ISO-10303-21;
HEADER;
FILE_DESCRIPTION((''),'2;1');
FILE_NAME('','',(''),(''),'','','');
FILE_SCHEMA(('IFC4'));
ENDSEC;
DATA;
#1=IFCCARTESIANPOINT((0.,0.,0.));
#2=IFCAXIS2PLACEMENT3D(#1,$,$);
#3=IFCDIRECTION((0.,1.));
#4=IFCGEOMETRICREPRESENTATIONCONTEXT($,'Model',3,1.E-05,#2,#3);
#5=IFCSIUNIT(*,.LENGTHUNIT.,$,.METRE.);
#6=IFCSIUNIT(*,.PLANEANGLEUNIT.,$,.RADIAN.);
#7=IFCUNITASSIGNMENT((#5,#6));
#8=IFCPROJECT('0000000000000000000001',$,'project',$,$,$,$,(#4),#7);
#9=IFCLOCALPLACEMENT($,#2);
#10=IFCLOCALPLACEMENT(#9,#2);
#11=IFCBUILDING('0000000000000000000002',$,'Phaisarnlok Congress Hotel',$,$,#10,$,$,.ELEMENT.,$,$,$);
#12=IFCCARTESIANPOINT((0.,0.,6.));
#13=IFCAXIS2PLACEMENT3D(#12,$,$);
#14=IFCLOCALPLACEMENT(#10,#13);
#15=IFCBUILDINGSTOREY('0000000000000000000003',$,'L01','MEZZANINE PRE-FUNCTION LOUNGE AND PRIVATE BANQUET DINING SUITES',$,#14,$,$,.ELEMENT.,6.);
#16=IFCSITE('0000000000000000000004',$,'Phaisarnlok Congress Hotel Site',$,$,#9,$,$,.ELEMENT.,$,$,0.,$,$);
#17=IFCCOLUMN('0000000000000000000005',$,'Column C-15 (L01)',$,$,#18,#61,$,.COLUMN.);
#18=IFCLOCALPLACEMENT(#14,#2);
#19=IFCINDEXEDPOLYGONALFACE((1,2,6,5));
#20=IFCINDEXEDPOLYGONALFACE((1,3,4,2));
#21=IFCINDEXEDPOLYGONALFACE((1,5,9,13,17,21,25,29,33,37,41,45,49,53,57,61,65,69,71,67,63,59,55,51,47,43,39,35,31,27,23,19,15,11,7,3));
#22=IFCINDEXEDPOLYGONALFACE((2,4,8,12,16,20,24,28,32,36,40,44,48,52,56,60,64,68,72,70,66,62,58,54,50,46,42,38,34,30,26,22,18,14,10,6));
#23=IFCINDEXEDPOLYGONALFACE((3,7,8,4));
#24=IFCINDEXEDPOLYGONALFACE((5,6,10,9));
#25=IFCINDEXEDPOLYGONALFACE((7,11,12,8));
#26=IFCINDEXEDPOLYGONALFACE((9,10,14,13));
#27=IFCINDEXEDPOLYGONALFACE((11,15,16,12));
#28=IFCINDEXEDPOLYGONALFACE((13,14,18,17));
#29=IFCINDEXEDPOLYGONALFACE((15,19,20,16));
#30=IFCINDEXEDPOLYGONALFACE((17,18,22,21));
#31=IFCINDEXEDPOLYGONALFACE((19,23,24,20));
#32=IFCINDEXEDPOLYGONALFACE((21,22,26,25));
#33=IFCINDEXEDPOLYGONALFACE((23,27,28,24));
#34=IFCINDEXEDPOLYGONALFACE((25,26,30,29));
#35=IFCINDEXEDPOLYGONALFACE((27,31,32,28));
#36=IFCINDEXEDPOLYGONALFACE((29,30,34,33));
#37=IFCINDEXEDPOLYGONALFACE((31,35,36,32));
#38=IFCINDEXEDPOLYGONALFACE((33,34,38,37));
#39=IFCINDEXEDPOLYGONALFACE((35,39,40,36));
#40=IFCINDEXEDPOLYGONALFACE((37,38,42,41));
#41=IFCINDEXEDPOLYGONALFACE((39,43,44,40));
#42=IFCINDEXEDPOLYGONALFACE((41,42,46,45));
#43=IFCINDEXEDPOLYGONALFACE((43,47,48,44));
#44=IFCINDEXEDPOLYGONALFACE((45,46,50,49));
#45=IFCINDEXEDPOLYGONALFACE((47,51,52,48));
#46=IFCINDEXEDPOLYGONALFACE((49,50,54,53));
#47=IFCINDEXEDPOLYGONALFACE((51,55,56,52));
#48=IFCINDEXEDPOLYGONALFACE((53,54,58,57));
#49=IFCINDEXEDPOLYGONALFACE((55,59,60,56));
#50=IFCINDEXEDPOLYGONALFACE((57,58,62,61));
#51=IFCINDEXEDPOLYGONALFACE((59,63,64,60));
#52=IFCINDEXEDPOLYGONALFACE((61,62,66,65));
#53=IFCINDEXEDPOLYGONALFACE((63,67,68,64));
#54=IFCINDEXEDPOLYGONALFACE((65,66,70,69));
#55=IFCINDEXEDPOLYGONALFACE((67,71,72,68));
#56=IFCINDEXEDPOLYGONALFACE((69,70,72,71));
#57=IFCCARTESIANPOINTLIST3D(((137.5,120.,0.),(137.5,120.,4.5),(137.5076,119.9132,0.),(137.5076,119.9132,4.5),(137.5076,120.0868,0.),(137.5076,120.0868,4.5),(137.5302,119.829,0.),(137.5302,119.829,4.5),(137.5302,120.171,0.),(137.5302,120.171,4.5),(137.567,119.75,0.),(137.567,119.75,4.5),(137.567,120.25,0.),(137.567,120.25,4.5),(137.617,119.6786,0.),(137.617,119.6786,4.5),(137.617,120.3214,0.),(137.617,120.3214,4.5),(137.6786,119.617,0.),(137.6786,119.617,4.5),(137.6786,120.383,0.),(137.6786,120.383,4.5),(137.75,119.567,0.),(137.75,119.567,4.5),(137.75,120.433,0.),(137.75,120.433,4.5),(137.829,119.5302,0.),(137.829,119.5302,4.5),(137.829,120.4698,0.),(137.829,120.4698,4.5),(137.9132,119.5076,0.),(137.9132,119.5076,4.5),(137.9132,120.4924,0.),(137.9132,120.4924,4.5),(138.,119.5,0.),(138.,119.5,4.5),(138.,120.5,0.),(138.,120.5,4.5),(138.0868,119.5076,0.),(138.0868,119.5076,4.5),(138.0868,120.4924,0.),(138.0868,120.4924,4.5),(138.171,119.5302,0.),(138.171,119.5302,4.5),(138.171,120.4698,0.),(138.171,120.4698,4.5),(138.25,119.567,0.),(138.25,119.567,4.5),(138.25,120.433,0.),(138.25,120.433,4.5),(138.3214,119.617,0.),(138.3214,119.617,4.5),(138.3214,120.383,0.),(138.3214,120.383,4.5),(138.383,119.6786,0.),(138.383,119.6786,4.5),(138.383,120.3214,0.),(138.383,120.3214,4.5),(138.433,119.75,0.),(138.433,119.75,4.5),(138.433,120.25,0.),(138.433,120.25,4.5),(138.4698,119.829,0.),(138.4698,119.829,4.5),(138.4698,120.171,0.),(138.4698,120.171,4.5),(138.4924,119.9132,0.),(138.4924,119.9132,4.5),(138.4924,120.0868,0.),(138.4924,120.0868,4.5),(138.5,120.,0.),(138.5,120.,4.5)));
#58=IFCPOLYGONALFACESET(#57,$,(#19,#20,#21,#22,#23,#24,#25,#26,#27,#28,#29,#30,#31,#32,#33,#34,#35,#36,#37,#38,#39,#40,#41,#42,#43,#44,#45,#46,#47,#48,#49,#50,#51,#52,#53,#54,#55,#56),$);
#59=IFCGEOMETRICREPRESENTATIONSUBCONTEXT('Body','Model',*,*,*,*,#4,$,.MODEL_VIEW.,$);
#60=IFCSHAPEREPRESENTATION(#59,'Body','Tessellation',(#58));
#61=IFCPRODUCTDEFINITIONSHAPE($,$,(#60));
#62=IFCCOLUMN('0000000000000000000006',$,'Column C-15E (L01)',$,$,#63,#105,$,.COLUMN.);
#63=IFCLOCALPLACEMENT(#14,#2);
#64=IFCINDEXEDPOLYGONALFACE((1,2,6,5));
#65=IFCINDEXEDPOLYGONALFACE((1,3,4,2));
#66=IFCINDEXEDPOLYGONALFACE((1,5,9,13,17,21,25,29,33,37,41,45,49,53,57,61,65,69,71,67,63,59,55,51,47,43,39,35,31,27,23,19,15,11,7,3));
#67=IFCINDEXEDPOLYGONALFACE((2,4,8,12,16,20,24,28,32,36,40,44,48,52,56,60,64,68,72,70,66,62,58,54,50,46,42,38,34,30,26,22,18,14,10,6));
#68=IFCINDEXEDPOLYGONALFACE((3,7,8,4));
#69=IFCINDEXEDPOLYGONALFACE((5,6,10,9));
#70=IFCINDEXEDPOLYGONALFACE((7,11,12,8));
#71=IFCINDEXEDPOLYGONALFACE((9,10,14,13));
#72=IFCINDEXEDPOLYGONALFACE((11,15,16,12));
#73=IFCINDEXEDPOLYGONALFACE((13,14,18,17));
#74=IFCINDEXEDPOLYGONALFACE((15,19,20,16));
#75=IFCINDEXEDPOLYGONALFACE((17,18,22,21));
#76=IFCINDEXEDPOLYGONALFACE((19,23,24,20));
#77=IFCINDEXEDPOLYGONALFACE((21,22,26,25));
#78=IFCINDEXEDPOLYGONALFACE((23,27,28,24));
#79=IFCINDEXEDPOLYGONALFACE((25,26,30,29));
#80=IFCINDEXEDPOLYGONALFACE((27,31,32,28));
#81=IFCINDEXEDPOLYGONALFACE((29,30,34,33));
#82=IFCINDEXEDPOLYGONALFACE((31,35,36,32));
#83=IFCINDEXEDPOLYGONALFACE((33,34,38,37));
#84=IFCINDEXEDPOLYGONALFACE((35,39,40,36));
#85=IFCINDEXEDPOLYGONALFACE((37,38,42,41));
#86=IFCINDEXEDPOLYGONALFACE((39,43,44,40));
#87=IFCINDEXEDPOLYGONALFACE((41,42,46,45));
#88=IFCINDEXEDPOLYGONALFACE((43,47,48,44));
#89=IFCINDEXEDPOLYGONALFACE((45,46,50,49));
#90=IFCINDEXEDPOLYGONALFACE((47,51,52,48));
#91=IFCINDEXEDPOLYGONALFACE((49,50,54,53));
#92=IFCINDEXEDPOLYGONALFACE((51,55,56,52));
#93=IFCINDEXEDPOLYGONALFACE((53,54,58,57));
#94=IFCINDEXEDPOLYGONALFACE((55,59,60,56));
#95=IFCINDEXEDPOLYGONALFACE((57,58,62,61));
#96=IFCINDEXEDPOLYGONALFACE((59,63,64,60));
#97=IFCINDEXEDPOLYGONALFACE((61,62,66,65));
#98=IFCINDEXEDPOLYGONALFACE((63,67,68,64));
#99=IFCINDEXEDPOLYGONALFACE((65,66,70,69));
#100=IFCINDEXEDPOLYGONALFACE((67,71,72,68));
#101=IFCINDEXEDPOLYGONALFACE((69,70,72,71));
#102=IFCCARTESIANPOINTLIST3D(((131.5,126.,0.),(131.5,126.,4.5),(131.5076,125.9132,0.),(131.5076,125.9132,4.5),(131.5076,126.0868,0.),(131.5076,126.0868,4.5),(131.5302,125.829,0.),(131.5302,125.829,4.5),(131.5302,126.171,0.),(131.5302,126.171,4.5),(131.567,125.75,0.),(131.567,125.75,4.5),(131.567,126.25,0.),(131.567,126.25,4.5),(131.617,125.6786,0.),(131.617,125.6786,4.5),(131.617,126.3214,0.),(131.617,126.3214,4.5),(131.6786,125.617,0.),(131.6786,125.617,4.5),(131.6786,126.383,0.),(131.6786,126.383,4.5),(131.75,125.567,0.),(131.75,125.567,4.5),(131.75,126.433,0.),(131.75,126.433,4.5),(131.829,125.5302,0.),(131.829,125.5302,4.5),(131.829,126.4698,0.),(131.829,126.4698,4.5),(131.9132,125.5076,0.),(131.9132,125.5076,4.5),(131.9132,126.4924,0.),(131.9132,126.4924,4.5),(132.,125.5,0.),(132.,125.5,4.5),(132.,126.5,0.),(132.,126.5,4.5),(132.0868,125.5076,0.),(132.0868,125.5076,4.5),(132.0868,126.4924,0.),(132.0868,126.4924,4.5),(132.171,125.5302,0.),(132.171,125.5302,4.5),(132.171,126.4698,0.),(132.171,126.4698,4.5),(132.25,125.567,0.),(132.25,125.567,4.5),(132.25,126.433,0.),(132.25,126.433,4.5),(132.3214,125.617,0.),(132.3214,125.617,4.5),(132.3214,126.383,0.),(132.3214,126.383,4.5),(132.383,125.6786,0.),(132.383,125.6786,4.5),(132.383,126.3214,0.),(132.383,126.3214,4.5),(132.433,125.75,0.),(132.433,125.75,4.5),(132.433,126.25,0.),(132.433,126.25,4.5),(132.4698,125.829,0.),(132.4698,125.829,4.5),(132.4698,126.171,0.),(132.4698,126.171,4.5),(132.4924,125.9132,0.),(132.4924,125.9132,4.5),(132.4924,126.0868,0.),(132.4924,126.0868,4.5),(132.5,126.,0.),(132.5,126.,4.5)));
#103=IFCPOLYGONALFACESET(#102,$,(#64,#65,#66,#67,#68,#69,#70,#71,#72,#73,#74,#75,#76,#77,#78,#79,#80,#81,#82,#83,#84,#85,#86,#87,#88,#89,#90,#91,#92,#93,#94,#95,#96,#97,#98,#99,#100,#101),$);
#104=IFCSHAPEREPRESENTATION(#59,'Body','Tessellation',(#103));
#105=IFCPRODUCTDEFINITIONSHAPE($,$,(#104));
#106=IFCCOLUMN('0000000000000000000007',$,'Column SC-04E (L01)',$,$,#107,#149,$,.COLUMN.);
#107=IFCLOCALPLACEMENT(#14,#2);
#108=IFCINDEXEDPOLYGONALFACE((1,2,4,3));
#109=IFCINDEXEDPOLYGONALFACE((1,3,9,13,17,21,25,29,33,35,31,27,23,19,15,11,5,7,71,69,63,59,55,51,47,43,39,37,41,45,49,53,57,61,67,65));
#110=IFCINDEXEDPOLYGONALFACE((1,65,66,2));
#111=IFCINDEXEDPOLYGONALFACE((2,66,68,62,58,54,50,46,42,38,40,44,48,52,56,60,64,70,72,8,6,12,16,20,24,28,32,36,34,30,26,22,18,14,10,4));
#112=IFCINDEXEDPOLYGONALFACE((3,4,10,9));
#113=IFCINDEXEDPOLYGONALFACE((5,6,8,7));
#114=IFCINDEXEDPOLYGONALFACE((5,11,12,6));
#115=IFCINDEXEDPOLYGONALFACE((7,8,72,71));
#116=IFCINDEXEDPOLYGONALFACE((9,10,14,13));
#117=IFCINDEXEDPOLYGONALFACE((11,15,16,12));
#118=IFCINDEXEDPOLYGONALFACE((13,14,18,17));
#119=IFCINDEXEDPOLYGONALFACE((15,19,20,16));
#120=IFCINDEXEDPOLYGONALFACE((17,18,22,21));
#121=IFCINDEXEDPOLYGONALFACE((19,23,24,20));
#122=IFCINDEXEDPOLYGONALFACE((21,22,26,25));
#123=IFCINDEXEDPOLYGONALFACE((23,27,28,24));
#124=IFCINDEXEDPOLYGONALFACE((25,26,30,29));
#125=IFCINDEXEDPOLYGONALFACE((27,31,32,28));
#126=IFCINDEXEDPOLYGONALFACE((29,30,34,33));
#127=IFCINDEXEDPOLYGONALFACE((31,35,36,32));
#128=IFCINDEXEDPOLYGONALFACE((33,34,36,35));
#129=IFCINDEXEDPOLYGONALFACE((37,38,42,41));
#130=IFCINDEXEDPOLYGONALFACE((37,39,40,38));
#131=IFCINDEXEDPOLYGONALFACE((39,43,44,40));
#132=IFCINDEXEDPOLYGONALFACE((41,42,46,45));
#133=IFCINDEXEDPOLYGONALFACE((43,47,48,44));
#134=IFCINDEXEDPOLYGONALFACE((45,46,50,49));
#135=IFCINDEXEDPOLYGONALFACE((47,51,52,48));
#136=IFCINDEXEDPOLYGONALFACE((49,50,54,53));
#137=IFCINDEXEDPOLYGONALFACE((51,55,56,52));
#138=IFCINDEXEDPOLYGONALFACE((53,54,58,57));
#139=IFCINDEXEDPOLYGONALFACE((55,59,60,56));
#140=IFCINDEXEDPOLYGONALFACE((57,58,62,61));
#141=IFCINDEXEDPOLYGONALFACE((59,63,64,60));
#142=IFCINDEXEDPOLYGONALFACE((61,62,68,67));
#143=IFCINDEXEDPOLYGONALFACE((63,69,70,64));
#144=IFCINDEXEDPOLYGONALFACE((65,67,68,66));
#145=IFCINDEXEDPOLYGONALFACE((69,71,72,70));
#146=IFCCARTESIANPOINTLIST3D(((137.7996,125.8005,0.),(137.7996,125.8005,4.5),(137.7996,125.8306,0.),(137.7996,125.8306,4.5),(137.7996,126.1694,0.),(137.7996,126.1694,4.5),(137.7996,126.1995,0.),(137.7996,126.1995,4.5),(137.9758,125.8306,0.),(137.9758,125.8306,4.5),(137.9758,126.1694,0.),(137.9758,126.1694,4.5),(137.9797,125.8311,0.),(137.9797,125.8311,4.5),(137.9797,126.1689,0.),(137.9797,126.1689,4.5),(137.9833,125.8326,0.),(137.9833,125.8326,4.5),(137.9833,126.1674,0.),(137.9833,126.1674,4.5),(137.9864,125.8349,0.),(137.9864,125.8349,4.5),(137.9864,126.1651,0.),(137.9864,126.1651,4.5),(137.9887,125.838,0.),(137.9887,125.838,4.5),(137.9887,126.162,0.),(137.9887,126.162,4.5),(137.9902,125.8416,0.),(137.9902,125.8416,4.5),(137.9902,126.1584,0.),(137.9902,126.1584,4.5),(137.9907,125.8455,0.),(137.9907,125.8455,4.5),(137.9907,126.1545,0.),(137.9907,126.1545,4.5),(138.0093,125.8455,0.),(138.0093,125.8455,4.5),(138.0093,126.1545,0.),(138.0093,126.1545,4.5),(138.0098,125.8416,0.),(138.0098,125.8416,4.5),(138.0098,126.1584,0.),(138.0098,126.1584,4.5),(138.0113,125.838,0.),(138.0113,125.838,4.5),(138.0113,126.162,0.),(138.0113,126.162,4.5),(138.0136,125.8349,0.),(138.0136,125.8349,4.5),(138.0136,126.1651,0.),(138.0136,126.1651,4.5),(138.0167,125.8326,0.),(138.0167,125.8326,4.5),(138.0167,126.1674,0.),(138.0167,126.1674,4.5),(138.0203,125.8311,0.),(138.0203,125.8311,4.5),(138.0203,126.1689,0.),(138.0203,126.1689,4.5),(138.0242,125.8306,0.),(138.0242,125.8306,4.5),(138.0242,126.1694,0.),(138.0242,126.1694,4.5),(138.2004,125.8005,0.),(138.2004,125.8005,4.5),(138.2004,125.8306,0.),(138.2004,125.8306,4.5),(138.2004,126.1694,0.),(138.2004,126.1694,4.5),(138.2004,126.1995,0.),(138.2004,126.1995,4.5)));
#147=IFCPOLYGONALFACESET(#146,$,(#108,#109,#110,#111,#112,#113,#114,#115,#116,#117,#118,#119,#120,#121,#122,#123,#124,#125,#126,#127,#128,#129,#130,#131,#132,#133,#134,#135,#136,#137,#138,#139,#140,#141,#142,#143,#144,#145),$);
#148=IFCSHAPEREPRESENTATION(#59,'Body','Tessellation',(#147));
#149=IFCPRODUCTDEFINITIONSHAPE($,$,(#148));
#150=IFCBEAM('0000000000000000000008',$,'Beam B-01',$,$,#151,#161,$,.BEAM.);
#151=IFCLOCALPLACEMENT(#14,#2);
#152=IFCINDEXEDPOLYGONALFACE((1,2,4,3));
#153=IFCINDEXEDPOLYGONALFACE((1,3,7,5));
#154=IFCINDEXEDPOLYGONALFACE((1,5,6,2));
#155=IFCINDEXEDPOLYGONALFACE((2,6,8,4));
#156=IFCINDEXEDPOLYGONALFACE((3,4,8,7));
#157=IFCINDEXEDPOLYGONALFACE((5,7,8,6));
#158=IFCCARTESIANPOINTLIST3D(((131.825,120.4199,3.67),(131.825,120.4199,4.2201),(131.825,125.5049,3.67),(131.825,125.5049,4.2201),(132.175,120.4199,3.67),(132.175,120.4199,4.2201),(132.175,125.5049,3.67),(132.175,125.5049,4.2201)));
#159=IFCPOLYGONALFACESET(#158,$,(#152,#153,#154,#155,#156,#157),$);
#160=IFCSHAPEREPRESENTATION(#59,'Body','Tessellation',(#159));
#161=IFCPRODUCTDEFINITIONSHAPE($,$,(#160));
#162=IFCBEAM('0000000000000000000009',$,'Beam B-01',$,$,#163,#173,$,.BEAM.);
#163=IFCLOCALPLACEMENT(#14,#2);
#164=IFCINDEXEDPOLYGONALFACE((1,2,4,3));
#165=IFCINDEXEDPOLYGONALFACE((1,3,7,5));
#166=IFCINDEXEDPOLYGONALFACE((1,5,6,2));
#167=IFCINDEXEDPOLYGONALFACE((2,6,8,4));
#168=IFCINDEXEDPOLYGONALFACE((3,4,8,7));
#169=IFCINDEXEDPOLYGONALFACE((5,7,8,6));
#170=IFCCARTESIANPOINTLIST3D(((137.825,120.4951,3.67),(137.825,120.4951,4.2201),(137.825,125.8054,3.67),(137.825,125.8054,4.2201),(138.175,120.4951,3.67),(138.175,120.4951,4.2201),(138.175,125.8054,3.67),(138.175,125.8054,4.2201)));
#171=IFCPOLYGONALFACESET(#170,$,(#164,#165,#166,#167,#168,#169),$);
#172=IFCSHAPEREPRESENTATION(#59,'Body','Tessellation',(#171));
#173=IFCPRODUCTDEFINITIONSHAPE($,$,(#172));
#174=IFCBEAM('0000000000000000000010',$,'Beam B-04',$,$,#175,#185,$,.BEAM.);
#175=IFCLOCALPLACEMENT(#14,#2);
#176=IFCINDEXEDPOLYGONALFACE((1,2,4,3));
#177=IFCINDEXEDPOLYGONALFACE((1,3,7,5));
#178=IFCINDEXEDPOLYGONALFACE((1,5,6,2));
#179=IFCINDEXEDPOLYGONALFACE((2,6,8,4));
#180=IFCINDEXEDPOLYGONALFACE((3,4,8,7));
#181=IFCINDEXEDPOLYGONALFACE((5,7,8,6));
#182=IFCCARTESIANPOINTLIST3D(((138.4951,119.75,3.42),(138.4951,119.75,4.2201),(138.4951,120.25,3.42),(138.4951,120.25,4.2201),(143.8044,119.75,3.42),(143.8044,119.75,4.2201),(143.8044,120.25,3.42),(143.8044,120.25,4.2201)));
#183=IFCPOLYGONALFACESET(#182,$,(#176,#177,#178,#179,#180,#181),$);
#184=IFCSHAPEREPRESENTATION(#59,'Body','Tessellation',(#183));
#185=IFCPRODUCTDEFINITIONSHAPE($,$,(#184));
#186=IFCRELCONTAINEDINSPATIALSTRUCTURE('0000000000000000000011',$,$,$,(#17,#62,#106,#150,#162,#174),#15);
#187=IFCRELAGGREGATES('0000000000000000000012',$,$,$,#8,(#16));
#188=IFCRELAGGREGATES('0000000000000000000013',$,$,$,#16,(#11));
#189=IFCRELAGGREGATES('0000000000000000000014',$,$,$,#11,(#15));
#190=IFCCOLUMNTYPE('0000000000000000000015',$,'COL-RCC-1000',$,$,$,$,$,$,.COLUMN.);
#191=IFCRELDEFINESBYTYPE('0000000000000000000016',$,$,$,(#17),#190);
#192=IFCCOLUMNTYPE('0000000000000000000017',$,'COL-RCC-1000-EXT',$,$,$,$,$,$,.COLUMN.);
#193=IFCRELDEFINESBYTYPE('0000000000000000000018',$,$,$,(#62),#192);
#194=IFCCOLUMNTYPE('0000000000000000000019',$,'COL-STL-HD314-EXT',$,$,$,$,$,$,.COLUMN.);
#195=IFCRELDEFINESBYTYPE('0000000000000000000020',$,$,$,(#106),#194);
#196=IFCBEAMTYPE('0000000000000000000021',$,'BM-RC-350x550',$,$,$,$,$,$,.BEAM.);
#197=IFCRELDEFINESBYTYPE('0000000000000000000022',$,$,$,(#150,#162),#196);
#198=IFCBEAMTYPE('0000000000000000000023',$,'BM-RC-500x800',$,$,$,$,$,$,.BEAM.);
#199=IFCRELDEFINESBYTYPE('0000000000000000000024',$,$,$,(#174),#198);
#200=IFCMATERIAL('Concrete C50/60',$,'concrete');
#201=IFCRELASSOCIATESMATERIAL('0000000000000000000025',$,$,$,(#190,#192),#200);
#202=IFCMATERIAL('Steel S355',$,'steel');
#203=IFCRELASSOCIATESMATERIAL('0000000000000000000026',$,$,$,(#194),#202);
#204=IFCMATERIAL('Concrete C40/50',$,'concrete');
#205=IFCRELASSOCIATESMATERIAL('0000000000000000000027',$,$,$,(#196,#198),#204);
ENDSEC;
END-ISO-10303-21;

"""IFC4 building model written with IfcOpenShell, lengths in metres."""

from ifc_helpers import new_model, si_unit, direction, frame, origin, origin_2d, place, context, subcontext, project, spatial, rectangle, circle, i_section, extrude, material, material_profile, profile_set, type_object, element, save


model = new_model("IFC4")

# Units and contexts
model_context = context("Model", 3, precision=1e-05, world=origin(), true_north=direction((0.0, 1.0)))
body_context = subcontext(model_context, "Body", "Model", "MODEL_VIEW")
ifc_project = project(units=[si_unit("LENGTHUNIT", "METRE"), si_unit("PLANEANGLEUNIT", "RADIAN")], contexts=[model_context])

# Site, building, storey
site_placement = place(None, origin())
site = spatial("IfcSite", under=ifc_project, at=site_placement, Name="Phaisarnlok Congress Hotel Site", CompositionType="ELEMENT", RefElevation=0.0)
building_placement = place(site_placement, origin())
building = spatial("IfcBuilding", under=site, at=building_placement, Name="Phaisarnlok Congress Hotel", CompositionType="ELEMENT")
storey_placement = place(building_placement, frame((0.0, 0.0, 6.0)))
storey = spatial("IfcBuildingStorey", under=building, at=storey_placement, Name="L01", Description="MEZZANINE PRE-FUNCTION LOUNGE AND PRIVATE BANQUET DINING SUITES", CompositionType="ELEMENT", Elevation=6.0)

# Columns
ifc_material_1 = material(Name="Concrete C50/60", Category="concrete")
ifc_material_profile_1 = material_profile(ifc_material_1, circle(Radius=0.5, at=origin_2d()), Name="RCC D1000")
ifc_profile_set_1 = profile_set([ifc_material_profile_1], Name="Concrete C50/60")
column_type_1 = type_object("IfcColumnType", Name="COL-RCC-1000", PredefinedType="COLUMN", material=ifc_profile_set_1)
column_1_placement = place(storey_placement, frame((138.0, 120.0, 0.0), z_axis=(0.0, 0.0, 1.0), x_axis=(1.0, 0.0, 0.0)))
element("IfcColumn", 1, at=column_1_placement, inside=storey, type_object=column_type_1, Name="Column C-15 (L01)", PredefinedType="COLUMN", context=body_context, shape_type="SweptSolid", body=[
    extrude(circle(Radius=0.5, at=origin_2d()), origin(), (0.0, 0.0, 1.0), 4.5),
])
ifc_material_profile_2 = material_profile(ifc_material_1, circle(Radius=0.5, at=origin_2d()), Name="RCC D1000")
ifc_profile_set_2 = profile_set([ifc_material_profile_2], Name="Concrete C50/60")
column_type_2 = type_object("IfcColumnType", Name="COL-RCC-1000-EXT", PredefinedType="COLUMN", material=ifc_profile_set_2)
column_2_placement = place(storey_placement, frame((132.0, 126.0, 0.0), z_axis=(0.0, 0.0, 1.0), x_axis=(1.0, 0.0, 0.0)))
element("IfcColumn", 2, at=column_2_placement, inside=storey, type_object=column_type_2, Name="Column C-15E (L01)", PredefinedType="COLUMN", context=body_context, shape_type="SweptSolid", body=[
    extrude(circle(Radius=0.5, at=origin_2d()), origin(), (0.0, 0.0, 1.0), 4.5),
])
ifc_material_2 = material(Name="Steel S355", Category="steel")
ifc_material_profile_3 = material_profile(ifc_material_2, i_section(OverallWidth=0.4009, OverallDepth=0.3989, WebThickness=0.0186, FlangeThickness=0.03, FilletRadius=0.0149, at=origin_2d()), Name="HD 400x314")
ifc_profile_set_3 = profile_set([ifc_material_profile_3], Name="Steel S355")
column_type_3 = type_object("IfcColumnType", Name="COL-STL-HD314-EXT", PredefinedType="COLUMN", material=ifc_profile_set_3)
column_3_placement = place(storey_placement, frame((138.0, 126.0, 0.0), z_axis=(0.0, 0.0, 1.0), x_axis=(1.0, 0.0, 0.0)))
element("IfcColumn", 3, at=column_3_placement, inside=storey, type_object=column_type_3, Name="Column SC-04E (L01)", PredefinedType="COLUMN", context=body_context, shape_type="SweptSolid", body=[
    extrude(i_section(OverallWidth=0.4009, OverallDepth=0.3989, WebThickness=0.0186, FlangeThickness=0.03, FilletRadius=0.0149, at=origin_2d()), origin(), (0.0, 0.0, 1.0), 4.5),
])

# Beams
ifc_material_3 = material(Name="Concrete C40/50", Category="concrete")
ifc_material_profile_4 = material_profile(ifc_material_3, rectangle(XDim=0.3501, YDim=0.55, at=origin_2d()), Name="RC 350x550")
ifc_profile_set_4 = profile_set([ifc_material_profile_4], Name="Concrete C40/50")
beam_type_1 = type_object("IfcBeamType", Name="BM-RC-350x550", PredefinedType="BEAM", material=ifc_profile_set_4)
beam_1_placement = place(storey_placement, frame((132.0, 120.4199, 3.9451), z_axis=(0.0, 1.0, 0.0), x_axis=(-1.0, 0.0, 0.0)))
element("IfcBeam", 4, at=beam_1_placement, inside=storey, type_object=beam_type_1, Name="Beam B-01", PredefinedType="BEAM", context=body_context, shape_type="SweptSolid", body=[
    extrude(rectangle(XDim=0.3501, YDim=0.55, at=origin_2d()), origin(), (0.0, 0.0, 1.0), 5.085),
])
beam_2_placement = place(storey_placement, frame((138.0, 120.4951, 3.9451), z_axis=(0.0, 1.0, 0.0), x_axis=(-1.0, 0.0, 0.0)))
element("IfcBeam", 5, at=beam_2_placement, inside=storey, type_object=beam_type_1, Name="Beam B-01", PredefinedType="BEAM", context=body_context, shape_type="SweptSolid", body=[
    extrude(rectangle(XDim=0.3501, YDim=0.55, at=origin_2d()), origin(), (0.0, 0.0, 1.0), 5.3103),
])
ifc_material_profile_5 = material_profile(ifc_material_3, rectangle(XDim=0.5, YDim=0.8, at=origin_2d()), Name="RC 500x800")
ifc_profile_set_5 = profile_set([ifc_material_profile_5], Name="Concrete C40/50")
beam_type_2 = type_object("IfcBeamType", Name="BM-RC-500x800", PredefinedType="BEAM", material=ifc_profile_set_5)
beam_3_placement = place(storey_placement, frame((138.4951, 120.0, 3.8201), z_axis=(1.0, 0.0, 0.0), x_axis=(0.0, 1.0, 0.0)))
element("IfcBeam", 6, at=beam_3_placement, inside=storey, type_object=beam_type_2, Name="Beam B-04", PredefinedType="BEAM", context=body_context, shape_type="SweptSolid", body=[
    extrude(rectangle(XDim=0.5, YDim=0.8, at=origin_2d()), origin(), (0.0, 0.0, 1.0), 5.3093),
])

save(model, "model.ifc")
